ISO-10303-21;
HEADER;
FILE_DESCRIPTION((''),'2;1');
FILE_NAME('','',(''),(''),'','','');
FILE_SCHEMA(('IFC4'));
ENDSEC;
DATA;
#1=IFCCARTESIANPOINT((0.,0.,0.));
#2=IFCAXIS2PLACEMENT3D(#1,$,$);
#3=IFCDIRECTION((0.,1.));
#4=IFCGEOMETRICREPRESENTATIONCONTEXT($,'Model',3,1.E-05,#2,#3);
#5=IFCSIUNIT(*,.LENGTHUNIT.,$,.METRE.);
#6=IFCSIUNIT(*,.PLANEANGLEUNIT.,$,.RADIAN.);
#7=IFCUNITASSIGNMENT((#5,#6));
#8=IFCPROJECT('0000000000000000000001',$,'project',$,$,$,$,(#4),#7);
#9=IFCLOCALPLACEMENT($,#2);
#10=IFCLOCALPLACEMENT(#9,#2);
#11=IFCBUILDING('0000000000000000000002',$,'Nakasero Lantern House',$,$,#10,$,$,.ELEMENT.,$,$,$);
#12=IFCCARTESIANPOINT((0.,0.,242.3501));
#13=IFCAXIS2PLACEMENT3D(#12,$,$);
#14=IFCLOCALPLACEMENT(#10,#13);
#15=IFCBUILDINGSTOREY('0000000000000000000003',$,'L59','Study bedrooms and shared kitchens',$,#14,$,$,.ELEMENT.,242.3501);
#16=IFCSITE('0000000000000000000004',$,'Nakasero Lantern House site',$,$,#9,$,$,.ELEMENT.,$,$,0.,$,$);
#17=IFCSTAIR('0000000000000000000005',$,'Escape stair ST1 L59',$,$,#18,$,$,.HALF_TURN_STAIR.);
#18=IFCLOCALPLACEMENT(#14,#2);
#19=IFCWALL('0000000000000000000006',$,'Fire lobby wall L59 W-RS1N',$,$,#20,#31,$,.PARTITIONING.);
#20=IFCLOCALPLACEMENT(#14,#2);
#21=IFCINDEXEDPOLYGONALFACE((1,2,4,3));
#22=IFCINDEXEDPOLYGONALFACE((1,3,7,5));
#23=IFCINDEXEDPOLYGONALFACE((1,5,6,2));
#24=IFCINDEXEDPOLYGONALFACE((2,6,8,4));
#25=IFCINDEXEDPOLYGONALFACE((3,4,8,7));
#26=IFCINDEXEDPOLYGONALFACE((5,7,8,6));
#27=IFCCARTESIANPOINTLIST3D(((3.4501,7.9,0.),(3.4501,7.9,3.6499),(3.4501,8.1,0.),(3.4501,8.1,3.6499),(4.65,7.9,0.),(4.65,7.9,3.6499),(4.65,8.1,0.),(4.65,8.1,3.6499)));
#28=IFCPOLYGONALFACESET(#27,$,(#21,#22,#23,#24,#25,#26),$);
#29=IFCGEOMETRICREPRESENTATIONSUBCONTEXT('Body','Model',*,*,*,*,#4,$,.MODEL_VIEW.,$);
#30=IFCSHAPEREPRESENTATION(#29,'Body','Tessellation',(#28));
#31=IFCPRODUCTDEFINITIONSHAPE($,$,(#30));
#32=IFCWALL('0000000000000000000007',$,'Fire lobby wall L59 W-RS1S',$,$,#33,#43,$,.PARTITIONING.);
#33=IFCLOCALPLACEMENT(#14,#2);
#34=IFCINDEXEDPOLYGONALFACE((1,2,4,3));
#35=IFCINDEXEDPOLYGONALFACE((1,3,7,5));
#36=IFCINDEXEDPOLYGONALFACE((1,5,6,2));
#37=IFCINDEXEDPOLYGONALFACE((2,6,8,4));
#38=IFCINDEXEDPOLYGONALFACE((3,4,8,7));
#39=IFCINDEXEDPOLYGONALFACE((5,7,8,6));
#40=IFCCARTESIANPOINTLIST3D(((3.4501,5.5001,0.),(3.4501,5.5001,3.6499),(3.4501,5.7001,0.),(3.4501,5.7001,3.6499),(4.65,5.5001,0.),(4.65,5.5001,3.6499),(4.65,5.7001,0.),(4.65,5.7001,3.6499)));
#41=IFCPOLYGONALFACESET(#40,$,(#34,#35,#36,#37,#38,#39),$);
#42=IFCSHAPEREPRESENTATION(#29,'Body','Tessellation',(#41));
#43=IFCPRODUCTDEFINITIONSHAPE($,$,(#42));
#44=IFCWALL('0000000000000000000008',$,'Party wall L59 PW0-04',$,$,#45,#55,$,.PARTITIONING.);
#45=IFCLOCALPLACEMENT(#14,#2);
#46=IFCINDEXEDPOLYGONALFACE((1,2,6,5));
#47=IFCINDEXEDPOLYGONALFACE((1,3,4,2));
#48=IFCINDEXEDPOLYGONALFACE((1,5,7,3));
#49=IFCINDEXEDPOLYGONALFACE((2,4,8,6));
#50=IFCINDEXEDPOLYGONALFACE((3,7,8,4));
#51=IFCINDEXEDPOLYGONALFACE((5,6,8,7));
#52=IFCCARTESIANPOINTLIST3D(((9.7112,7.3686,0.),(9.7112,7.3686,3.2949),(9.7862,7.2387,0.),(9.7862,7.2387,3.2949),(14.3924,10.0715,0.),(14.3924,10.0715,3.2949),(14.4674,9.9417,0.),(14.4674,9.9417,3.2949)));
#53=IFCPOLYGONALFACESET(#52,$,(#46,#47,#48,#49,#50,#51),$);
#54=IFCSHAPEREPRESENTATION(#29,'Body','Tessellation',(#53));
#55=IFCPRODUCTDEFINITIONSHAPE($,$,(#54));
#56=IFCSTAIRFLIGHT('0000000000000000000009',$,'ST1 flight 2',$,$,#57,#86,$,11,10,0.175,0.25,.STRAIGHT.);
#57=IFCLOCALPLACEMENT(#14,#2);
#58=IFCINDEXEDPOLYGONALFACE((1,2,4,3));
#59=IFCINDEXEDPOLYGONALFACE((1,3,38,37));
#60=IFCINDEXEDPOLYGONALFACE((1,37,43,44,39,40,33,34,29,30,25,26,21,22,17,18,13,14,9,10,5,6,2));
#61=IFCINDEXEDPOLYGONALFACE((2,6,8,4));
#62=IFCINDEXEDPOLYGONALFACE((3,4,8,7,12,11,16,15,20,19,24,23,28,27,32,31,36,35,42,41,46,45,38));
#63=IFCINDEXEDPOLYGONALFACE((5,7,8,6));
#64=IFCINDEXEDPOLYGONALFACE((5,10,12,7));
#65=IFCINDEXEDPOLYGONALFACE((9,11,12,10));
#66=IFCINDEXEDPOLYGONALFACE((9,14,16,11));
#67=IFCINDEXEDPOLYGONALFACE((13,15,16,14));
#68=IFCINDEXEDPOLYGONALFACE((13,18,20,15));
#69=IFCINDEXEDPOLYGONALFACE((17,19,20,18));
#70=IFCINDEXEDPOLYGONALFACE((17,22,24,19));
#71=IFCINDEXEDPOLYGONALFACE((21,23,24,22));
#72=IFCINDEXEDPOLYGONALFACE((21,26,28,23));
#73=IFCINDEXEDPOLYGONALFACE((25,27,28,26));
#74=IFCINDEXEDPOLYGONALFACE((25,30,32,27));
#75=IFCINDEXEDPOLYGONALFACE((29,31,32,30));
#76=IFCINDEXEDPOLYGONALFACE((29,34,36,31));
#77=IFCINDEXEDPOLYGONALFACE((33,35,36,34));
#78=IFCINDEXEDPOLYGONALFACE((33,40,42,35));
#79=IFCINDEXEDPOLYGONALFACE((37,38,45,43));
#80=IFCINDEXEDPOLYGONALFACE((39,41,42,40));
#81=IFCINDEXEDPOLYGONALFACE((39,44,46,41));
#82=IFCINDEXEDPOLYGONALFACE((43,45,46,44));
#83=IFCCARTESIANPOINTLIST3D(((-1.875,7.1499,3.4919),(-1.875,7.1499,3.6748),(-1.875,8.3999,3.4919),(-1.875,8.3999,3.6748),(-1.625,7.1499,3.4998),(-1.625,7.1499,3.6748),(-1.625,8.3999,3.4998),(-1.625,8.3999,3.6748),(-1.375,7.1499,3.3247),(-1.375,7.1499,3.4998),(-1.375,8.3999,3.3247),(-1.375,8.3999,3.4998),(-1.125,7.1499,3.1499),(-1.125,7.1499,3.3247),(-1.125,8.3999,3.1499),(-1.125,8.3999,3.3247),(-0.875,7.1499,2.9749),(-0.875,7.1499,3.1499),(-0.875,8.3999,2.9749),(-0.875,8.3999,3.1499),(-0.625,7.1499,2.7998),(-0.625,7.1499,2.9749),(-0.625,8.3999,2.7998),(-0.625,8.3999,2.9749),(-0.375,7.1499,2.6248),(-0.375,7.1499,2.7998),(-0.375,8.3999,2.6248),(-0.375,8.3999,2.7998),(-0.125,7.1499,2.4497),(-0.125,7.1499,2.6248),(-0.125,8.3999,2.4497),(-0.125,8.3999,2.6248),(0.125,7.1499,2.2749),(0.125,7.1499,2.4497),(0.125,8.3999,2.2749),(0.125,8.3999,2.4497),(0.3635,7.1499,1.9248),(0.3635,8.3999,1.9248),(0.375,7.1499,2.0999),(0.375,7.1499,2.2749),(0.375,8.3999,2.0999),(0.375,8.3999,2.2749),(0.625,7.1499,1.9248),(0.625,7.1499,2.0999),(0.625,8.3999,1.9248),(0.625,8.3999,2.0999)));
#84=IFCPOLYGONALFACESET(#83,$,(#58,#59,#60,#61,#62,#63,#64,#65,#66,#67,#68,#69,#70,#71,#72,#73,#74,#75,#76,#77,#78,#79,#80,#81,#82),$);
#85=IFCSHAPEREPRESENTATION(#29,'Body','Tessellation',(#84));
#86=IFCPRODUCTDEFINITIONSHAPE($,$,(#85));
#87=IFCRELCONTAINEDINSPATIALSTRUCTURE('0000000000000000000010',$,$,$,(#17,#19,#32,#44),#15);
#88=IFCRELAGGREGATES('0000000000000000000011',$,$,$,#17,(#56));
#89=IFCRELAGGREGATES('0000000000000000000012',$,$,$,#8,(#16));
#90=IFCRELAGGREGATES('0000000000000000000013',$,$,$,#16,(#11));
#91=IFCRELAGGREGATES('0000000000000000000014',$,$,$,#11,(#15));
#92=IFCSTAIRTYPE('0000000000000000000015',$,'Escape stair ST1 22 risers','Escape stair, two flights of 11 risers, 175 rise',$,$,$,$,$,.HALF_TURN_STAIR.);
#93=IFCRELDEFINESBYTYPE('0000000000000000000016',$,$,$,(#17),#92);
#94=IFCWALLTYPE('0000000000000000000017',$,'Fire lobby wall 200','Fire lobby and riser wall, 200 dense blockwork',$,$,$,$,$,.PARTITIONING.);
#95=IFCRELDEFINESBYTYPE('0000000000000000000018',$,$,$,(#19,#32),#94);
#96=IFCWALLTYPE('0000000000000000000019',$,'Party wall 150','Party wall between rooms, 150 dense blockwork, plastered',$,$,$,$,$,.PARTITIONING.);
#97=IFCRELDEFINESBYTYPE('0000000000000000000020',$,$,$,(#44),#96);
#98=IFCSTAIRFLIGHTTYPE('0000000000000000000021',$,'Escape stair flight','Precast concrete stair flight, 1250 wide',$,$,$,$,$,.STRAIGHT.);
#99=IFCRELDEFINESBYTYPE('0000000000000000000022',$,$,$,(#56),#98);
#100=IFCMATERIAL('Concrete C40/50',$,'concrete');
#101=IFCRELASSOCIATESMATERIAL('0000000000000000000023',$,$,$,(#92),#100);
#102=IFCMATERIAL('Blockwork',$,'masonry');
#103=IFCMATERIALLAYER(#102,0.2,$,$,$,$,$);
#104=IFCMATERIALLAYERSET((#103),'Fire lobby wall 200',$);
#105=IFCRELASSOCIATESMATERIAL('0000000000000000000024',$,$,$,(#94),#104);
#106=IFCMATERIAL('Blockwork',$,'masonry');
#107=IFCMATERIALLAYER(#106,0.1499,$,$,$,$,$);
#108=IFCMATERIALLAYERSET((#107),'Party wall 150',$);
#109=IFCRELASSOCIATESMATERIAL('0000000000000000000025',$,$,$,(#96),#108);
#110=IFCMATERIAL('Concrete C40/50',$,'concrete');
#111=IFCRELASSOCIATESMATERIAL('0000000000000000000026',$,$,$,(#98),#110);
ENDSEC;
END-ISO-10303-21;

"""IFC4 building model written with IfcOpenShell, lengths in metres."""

from ifc_helpers import new_model, si_unit, direction, frame, frame_2d, origin, place, context, subcontext, project, spatial, polyline, rectangle, outline, extrude, material, layer, layer_set, type_object, element, aggregate, save


model = new_model("IFC4")

# Units and contexts
model_context = context("Model", 3, precision=1e-05, world=origin(), true_north=direction((0.0, 1.0)))
body_context = subcontext(model_context, "Body", "Model", "MODEL_VIEW")
ifc_project = project(units=[si_unit("LENGTHUNIT", "METRE"), si_unit("PLANEANGLEUNIT", "RADIAN")], contexts=[model_context])

# Site, building, storey
site_placement = place(None, origin())
site = spatial("IfcSite", under=ifc_project, at=site_placement, Name="Nakasero Lantern House site", CompositionType="ELEMENT", RefElevation=0.0)
building_placement = place(site_placement, origin())
building = spatial("IfcBuilding", under=site, at=building_placement, Name="Nakasero Lantern House", CompositionType="ELEMENT")
storey_placement = place(building_placement, frame((0.0, 0.0, 242.3501)))
storey = spatial("IfcBuildingStorey", under=building, at=storey_placement, Name="L59", Description="Study bedrooms and shared kitchens", CompositionType="ELEMENT", Elevation=242.3501)

# Stair
ifc_material_1 = material(Name="Concrete C40/50", Category="concrete")
stair_type_1 = type_object("IfcStairType", Name="Escape stair ST1 22 risers", Description="Escape stair, two flights of 11 risers, 175 rise", PredefinedType="HALF_TURN_STAIR", material=ifc_material_1)
stair_1_placement = place(storey_placement, origin())
stair_1 = element("IfcStair", 1, at=stair_1_placement, inside=storey, type_object=stair_type_1, Name="Escape stair ST1 L59", PredefinedType="HALF_TURN_STAIR")

# Shared definitions
ifc_material_2 = material(Name="Blockwork", Category="masonry")
ifc_layer_1 = layer(ifc_material_2, 0.2)
ifc_layer_set_1 = layer_set([ifc_layer_1], Name="Fire lobby wall 200")
wall_type_1 = type_object("IfcWallType", Name="Fire lobby wall 200", Description="Fire lobby and riser wall, 200 dense blockwork", PredefinedType="PARTITIONING", material=ifc_layer_set_1)

# Walls
for number, where, z_axis, x_axis, name in (
    (2, (3.45, 8.0, 0.0), (0.0, 0.0, 1.0), (1.0, 0.0, 0.0), "Fire lobby wall L59 W-RS1N"),
    (3, (3.45, 5.6001, 0.0), (0.0, 0.0, 1.0), (1.0, 0.0, 0.0), "Fire lobby wall L59 W-RS1S"),
):
    element("IfcWall", number, at=place(storey_placement, frame(where, z_axis=z_axis, x_axis=x_axis)), inside=storey, type_object=wall_type_1, Name=name, PredefinedType="PARTITIONING", context=body_context, shape_type="SweptSolid", body=[
        extrude(rectangle(XDim=1.2, YDim=0.2, at=frame_2d((0.6001, 0.0))), origin(), (0.0, 0.0, 1.0), 3.6499),
    ])
ifc_material_3 = material(Name="Blockwork", Category="masonry")
ifc_layer_2 = layer(ifc_material_3, 0.1499)
ifc_layer_set_2 = layer_set([ifc_layer_2], Name="Party wall 150")
wall_type_2 = type_object("IfcWallType", Name="Party wall 150", Description="Party wall between rooms, 150 dense blockwork, plastered", PredefinedType="PARTITIONING", material=ifc_layer_set_2)
wall_1_placement = place(storey_placement, frame((9.7488, 7.3037, 0.0), z_axis=(0.0, 0.0, 1.0), x_axis=(0.866008, 0.50003, 0.0)))
element("IfcWall", 4, at=wall_1_placement, inside=storey, type_object=wall_type_2, Name="Party wall L59 PW0-04", PredefinedType="PARTITIONING", context=body_context, shape_type="SweptSolid", body=[
    extrude(rectangle(XDim=5.4055, YDim=0.1499, at=frame_2d((2.7026, 0.0))), origin(), (0.0, 0.0, 1.0), 3.2949),
])

# Stair flight
ifc_material_4 = material(Name="Concrete C40/50", Category="concrete")
stair_flight_type = type_object("IfcStairFlightType", Name="Escape stair flight", Description="Precast concrete stair flight, 1250 wide", PredefinedType="STRAIGHT", material=ifc_material_4)
stair_flight_placement = place(storey_placement, frame((0.625, 7.7749, 1.9248), z_axis=(0.0, 0.0, 1.0), x_axis=(-1.0, 0.0, 0.0)))
stair_flight = element("IfcStairFlight", 5, at=stair_flight_placement, type_object=stair_flight_type, Name="ST1 flight 2", NumberOfRisers=11, NumberOfTreads=10, PredefinedType="STRAIGHT", RiserHeight=0.175, TreadLength=0.25, context=body_context, shape_type="SweptSolid", body=[
    extrude(outline(polyline([(0.0, 0.0), (0.0, 0.175), (0.25, 0.175), (0.25, 0.3501), (0.5, 0.3501), (0.5, 0.5249), (0.75, 0.5249), (0.75, 0.7), (1.0, 0.7), (1.0, 0.875), (1.25, 0.875), (1.25, 1.05), (1.5, 1.05), (1.5, 1.2251), (1.75, 1.2251), (1.75, 1.3999), (2.0, 1.3999), (2.0, 1.575), (2.25, 1.575), (2.25, 1.75), (2.5, 1.75), (2.5, 1.925), (2.5, 1.5671), (0.2615, 0.0), (0.0, 0.0)])), frame((0.0, 0.625, 0.0), z_axis=(0.0, -1.0, 0.0), x_axis=(1.0, 0.0, 0.0)), (0.0, 0.0, 1.0), 1.25),
])
aggregate(stair_1, [stair_flight])

save(model, "model.ifc")
